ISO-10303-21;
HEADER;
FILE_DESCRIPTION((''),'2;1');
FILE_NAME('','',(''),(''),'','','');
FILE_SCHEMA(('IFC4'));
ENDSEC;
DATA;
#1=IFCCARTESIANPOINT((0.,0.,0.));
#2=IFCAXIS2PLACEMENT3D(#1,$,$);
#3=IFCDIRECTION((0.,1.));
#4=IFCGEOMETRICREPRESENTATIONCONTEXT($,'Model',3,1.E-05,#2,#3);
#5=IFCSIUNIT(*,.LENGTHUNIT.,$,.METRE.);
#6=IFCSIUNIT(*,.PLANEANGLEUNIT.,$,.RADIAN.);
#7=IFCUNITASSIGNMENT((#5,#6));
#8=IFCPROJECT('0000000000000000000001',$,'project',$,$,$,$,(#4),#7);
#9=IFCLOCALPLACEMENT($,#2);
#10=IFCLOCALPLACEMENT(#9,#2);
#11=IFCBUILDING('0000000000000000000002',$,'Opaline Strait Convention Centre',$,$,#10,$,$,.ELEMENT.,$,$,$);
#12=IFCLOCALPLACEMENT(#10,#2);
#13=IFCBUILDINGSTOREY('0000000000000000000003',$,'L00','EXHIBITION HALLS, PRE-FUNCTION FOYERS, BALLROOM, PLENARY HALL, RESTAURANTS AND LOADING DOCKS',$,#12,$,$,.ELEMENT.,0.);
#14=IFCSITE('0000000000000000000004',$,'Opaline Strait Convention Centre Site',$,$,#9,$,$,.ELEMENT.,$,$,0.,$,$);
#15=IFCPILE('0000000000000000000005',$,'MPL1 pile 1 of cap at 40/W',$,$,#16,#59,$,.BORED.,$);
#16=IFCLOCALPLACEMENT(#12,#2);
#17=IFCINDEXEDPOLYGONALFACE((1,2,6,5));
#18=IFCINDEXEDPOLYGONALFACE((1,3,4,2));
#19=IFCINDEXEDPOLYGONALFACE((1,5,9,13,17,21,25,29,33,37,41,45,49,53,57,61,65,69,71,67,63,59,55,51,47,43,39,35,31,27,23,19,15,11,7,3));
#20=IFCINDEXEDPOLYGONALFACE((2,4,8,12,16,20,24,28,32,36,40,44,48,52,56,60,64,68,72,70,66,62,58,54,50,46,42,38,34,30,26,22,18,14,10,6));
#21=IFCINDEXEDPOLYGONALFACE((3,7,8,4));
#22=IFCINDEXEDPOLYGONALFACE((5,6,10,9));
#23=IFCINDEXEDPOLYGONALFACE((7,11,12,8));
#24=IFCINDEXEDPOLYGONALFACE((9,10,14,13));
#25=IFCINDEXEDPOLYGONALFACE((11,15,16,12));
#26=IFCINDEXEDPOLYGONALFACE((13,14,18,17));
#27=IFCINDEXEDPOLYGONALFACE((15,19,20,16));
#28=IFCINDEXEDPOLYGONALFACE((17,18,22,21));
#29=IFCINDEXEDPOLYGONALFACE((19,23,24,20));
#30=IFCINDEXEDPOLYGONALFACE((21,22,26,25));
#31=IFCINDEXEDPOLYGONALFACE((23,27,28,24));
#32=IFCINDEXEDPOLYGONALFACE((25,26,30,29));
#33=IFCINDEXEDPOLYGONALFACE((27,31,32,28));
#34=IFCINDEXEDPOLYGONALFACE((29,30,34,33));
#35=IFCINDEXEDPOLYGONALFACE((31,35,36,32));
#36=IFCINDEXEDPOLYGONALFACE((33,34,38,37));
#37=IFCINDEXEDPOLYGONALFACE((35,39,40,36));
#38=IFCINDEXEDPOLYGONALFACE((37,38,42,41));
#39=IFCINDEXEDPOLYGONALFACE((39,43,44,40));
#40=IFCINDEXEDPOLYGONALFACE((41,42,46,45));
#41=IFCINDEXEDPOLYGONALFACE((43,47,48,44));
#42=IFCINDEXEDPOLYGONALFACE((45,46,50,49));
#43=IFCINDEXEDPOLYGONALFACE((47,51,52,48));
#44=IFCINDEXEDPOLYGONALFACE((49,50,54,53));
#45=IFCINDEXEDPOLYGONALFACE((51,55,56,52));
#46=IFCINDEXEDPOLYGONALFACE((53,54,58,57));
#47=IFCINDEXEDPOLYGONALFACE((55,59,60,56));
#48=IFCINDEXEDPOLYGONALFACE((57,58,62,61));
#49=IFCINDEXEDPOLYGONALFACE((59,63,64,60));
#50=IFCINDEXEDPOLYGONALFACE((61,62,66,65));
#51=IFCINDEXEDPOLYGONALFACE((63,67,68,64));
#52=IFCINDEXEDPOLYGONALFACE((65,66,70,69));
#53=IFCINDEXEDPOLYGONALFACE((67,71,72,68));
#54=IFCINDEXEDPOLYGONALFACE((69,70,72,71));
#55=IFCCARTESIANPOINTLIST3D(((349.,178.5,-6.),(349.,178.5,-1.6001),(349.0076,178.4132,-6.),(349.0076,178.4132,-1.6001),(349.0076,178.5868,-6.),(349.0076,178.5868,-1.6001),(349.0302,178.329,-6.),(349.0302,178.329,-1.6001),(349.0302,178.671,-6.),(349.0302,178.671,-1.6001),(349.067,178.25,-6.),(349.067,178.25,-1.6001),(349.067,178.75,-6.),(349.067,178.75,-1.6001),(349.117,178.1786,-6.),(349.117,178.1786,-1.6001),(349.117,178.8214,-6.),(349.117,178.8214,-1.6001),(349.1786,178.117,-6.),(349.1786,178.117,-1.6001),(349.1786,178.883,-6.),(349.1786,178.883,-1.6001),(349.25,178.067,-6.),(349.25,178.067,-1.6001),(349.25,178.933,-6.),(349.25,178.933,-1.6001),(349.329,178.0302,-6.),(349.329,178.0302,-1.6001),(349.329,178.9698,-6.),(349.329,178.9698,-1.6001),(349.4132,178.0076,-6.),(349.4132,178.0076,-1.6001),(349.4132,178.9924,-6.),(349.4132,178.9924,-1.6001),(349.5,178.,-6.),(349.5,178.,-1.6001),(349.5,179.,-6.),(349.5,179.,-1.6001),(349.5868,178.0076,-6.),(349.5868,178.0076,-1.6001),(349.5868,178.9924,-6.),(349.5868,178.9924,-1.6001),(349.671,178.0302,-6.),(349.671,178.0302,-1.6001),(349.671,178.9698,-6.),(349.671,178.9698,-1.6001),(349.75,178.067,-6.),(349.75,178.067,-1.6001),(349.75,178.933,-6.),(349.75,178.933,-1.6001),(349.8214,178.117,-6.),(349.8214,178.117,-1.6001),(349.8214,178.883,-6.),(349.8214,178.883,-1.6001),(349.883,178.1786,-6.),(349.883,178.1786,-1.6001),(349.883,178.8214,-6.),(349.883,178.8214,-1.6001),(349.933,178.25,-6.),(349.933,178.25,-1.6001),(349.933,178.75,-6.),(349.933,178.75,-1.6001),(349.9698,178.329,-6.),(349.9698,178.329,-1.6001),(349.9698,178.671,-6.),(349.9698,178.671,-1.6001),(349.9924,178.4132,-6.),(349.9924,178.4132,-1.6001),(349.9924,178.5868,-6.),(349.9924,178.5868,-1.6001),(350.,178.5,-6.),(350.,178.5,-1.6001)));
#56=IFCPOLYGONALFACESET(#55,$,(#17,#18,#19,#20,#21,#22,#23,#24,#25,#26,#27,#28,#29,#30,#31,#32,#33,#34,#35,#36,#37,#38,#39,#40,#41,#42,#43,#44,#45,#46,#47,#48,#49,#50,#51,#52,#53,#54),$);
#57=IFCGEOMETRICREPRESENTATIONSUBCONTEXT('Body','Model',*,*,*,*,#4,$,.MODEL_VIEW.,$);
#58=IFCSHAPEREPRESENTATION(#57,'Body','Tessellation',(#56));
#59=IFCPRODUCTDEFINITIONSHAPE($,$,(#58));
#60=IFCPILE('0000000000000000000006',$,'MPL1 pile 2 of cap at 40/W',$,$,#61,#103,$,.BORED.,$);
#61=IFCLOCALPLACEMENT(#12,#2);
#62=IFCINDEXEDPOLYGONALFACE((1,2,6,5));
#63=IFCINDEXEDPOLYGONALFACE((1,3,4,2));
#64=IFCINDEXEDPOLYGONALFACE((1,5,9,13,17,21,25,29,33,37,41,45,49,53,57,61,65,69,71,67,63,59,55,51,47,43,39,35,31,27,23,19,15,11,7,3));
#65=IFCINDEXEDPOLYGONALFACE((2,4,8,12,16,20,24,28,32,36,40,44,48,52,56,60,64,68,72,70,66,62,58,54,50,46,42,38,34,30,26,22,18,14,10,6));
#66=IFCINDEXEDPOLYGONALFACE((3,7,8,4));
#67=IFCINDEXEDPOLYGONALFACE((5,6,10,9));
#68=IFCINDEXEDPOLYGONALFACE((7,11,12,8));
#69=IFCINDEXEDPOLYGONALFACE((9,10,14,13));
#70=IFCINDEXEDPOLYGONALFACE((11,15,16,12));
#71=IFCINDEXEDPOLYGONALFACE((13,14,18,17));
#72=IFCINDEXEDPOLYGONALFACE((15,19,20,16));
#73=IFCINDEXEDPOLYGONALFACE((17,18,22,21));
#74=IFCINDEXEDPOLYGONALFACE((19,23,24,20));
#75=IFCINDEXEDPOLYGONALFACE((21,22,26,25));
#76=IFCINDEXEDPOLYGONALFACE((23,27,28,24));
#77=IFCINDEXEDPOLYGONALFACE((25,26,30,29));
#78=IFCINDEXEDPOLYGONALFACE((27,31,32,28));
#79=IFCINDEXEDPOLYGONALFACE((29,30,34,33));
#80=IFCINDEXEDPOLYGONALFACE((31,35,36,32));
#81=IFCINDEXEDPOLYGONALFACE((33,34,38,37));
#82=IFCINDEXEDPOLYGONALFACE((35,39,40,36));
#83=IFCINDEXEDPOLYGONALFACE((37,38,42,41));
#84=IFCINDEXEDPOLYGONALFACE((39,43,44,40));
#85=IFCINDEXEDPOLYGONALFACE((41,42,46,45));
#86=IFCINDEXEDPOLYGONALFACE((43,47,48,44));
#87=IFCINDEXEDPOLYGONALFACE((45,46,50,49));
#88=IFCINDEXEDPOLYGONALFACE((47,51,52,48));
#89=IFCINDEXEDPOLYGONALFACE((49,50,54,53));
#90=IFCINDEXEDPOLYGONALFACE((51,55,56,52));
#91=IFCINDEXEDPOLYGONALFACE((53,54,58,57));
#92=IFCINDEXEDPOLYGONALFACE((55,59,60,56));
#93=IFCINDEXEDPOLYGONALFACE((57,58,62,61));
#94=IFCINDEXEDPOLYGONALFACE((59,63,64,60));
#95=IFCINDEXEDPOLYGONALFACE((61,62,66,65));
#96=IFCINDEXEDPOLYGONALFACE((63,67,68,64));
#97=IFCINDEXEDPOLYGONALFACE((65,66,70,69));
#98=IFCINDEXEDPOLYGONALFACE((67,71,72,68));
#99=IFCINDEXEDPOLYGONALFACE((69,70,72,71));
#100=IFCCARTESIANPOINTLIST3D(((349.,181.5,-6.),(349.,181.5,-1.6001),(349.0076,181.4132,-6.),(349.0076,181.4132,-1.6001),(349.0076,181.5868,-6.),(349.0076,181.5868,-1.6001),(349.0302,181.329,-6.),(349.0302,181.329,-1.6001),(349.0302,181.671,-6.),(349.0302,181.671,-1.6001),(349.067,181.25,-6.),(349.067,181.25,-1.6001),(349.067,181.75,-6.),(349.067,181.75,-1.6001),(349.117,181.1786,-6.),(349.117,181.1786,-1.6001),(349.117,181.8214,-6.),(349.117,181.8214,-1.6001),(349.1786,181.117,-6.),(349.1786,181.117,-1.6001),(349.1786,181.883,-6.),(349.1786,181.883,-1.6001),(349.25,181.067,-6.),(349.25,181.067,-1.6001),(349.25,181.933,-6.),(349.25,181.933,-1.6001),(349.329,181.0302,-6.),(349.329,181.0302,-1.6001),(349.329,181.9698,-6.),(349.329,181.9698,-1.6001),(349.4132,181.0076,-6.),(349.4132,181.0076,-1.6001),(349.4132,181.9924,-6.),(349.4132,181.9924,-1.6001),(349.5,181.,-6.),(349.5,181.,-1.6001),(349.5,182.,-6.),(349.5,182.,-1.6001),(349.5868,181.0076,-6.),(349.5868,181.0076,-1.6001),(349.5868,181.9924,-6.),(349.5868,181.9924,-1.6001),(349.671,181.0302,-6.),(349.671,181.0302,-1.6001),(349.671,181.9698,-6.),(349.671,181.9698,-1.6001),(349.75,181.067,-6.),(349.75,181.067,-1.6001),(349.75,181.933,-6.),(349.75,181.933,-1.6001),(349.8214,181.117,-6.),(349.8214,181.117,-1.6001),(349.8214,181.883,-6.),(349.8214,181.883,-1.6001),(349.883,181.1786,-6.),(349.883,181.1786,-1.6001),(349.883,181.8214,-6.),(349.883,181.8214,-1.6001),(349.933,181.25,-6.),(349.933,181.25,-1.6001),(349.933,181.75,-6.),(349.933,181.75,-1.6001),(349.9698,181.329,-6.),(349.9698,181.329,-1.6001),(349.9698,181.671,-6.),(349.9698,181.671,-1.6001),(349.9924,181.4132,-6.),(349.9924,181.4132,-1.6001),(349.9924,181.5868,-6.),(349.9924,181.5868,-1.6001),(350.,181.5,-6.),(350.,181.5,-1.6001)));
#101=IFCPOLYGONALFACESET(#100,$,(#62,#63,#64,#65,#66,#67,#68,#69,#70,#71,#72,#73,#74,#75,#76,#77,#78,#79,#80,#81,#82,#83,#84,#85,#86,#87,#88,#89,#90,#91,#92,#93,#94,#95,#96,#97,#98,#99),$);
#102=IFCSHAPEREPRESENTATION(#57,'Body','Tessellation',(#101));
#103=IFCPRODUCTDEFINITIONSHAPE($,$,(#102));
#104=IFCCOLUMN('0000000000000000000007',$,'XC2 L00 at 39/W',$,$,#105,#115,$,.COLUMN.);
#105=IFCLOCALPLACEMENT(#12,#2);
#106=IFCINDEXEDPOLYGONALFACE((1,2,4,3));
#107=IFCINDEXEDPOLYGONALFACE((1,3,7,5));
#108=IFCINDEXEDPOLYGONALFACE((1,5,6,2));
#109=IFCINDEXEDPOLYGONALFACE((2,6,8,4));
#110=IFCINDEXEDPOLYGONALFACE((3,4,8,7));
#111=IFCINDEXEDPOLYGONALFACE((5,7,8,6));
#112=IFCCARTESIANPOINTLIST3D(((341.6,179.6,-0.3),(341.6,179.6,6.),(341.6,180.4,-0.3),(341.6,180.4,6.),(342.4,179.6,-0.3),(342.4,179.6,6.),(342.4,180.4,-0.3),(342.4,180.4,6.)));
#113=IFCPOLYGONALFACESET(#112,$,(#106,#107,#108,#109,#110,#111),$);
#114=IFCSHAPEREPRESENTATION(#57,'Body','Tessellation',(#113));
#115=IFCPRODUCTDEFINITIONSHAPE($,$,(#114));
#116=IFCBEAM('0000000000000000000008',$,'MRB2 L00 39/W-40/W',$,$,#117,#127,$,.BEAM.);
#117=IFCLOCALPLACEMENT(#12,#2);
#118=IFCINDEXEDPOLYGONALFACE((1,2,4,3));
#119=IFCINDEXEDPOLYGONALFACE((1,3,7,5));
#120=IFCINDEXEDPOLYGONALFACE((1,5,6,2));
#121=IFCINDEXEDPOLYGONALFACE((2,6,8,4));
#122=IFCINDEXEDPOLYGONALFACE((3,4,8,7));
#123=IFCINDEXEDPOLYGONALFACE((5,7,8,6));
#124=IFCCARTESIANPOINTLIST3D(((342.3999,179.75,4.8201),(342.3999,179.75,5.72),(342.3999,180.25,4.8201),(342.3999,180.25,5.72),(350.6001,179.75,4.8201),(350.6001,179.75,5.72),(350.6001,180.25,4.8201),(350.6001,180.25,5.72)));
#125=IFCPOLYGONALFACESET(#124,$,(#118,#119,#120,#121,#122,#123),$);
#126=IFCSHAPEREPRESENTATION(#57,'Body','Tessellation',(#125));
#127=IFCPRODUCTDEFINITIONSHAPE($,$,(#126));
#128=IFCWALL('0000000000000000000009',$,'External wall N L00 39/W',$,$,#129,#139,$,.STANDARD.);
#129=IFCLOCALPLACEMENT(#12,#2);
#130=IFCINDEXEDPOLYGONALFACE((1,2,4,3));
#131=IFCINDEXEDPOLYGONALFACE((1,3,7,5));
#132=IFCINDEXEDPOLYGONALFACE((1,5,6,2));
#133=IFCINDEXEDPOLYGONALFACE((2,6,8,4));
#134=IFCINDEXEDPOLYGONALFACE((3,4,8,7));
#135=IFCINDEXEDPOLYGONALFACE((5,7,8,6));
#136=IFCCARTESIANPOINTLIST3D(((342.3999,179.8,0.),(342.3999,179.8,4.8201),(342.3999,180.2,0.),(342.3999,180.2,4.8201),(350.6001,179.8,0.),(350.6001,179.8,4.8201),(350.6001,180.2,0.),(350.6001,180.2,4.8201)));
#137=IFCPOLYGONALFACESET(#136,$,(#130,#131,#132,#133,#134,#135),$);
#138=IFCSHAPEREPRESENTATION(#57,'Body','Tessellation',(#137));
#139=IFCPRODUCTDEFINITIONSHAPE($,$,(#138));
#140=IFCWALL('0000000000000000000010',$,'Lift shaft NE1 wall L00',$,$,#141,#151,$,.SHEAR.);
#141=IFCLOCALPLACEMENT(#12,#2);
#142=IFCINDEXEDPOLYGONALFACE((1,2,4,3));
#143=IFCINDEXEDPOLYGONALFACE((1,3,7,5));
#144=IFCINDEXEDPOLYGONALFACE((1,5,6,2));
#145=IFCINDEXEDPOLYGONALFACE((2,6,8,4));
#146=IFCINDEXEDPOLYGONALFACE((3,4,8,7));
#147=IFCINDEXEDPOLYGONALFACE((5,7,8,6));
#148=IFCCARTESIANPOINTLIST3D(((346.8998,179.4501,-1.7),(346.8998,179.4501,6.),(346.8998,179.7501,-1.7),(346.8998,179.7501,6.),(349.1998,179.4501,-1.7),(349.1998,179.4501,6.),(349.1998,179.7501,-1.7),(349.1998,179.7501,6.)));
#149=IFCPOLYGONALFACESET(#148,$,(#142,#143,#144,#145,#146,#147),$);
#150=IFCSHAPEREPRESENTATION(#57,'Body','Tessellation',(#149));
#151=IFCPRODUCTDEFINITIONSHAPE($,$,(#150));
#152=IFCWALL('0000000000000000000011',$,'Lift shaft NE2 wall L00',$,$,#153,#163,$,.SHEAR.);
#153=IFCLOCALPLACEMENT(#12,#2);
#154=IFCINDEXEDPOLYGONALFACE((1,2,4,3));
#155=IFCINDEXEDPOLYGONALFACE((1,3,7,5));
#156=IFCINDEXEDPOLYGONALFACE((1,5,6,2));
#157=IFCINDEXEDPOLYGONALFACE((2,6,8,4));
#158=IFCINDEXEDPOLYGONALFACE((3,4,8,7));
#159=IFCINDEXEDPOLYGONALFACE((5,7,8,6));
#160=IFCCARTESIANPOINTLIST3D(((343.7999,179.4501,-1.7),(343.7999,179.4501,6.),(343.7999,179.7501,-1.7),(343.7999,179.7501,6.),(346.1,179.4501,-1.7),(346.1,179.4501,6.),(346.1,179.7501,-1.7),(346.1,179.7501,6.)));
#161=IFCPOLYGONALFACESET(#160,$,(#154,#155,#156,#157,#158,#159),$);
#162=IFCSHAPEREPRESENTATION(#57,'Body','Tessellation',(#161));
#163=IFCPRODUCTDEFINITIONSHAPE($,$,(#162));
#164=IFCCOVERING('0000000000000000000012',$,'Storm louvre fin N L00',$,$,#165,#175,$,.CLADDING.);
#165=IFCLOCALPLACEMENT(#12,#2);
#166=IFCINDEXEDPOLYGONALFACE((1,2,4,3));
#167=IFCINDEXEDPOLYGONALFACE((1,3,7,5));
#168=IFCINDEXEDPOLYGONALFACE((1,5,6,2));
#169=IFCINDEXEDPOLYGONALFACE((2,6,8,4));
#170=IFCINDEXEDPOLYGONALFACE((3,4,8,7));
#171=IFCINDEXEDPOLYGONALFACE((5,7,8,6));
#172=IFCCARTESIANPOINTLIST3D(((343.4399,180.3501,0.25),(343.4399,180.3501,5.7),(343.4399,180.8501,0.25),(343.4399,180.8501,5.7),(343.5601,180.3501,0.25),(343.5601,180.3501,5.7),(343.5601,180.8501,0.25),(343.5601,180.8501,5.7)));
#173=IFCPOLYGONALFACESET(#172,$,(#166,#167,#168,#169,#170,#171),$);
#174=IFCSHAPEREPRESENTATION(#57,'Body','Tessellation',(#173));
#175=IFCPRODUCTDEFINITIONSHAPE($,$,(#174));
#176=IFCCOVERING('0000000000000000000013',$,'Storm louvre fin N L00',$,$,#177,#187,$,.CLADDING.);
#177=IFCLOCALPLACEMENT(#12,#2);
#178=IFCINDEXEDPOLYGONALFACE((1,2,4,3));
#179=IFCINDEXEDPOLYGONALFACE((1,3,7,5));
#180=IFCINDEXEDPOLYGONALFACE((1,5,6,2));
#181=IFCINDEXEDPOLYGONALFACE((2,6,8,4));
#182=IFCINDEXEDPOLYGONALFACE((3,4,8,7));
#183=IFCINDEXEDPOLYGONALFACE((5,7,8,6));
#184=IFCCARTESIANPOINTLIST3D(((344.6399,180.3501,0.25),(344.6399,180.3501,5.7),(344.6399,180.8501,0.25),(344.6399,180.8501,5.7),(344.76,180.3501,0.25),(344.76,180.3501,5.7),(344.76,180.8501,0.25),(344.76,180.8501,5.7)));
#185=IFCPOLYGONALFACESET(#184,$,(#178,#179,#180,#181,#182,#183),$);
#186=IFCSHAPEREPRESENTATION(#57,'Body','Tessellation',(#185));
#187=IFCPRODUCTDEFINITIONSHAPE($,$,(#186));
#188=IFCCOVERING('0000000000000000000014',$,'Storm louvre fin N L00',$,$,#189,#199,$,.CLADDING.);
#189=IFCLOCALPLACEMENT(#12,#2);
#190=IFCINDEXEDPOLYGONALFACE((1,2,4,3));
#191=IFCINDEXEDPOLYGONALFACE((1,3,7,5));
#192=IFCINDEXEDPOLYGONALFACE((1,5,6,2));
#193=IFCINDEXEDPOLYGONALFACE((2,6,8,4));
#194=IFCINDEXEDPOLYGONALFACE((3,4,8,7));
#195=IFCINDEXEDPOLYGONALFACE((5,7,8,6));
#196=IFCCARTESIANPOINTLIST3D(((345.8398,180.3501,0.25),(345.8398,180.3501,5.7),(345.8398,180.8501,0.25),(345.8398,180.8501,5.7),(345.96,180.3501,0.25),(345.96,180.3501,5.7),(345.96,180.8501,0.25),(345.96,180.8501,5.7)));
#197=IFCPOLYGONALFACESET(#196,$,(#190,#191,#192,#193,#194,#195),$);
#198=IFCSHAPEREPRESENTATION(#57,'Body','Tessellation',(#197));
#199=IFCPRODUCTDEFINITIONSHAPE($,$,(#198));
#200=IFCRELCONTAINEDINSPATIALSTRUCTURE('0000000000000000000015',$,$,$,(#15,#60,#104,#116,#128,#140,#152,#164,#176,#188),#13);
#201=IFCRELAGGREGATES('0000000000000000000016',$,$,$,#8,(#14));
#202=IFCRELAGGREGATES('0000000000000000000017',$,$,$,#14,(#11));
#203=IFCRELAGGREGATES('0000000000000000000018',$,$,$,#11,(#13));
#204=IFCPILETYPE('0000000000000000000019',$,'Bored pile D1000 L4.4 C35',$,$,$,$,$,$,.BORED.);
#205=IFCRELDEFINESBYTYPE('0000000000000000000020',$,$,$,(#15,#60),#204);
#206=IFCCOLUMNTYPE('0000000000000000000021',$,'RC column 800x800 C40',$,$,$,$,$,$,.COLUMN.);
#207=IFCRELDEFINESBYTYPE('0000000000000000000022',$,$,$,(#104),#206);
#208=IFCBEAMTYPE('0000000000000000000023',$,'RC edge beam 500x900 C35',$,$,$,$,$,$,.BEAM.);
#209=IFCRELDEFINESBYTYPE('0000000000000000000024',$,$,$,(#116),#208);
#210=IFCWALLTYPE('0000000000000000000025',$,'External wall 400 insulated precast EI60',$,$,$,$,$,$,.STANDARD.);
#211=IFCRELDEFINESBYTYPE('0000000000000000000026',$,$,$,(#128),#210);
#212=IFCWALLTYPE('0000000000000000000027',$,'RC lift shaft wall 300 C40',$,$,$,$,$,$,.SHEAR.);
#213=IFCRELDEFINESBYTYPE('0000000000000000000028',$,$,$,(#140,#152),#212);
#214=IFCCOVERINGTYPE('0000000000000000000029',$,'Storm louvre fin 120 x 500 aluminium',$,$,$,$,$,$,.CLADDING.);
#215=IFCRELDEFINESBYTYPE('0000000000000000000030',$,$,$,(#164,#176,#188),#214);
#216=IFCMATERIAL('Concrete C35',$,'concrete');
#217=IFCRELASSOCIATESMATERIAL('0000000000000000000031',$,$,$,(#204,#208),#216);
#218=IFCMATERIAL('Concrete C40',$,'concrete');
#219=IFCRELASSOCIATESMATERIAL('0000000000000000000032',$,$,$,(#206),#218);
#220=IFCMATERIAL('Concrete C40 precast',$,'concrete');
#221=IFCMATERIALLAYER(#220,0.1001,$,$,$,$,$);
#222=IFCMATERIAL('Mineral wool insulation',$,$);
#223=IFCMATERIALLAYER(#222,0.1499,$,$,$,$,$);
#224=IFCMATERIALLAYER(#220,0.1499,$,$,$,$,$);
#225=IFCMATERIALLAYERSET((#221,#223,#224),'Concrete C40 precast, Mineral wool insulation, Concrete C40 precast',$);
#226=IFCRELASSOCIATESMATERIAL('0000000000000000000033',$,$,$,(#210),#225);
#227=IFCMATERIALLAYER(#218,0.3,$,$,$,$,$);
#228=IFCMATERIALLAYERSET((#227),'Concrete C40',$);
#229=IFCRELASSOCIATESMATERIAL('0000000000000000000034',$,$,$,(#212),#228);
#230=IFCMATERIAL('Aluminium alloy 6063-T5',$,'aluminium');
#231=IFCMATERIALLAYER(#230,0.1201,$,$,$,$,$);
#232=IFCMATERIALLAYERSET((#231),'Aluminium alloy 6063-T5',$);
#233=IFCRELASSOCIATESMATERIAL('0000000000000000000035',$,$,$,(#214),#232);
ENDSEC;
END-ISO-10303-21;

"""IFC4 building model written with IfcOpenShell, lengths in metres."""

from ifc_helpers import new_model, si_unit, direction, frame, frame_2d, origin, origin_2d, place, context, subcontext, project, spatial, rectangle, circle, extrude, material, layer, layer_set, material_profile, profile_set, type_object, element, save


model = new_model("IFC4")

# Units and contexts
model_context = context("Model", 3, precision=1e-05, world=origin(), true_north=direction((0.0, 1.0)))
body_context = subcontext(model_context, "Body", "Model", "MODEL_VIEW")
ifc_project = project(units=[si_unit("LENGTHUNIT", "METRE"), si_unit("PLANEANGLEUNIT", "RADIAN")], contexts=[model_context])

# Site, building, storey
site_placement = place(None, origin())
site = spatial("IfcSite", under=ifc_project, at=site_placement, Name="Opaline Strait Convention Centre Site", CompositionType="ELEMENT", RefElevation=0.0)
building_placement = place(site_placement, origin())
building = spatial("IfcBuilding", under=site, at=building_placement, Name="Opaline Strait Convention Centre", CompositionType="ELEMENT")
storey_placement = place(building_placement, origin())
storey = spatial("IfcBuildingStorey", under=building, at=storey_placement, Name="L00", Description="EXHIBITION HALLS, PRE-FUNCTION FOYERS, BALLROOM, PLENARY HALL, RESTAURANTS AND LOADING DOCKS", CompositionType="ELEMENT", Elevation=0.0)

# Piles
ifc_material_1 = material(Name="Concrete C35", Category="concrete")
ifc_material_profile_1 = material_profile(ifc_material_1, circle(Radius=0.5, at=origin_2d()), Name="D1000")
ifc_profile_set_1 = profile_set([ifc_material_profile_1], Name="Concrete C35")
pile_type_1 = type_object("IfcPileType", Name="Bored pile D1000 L4.4 C35", PredefinedType="BORED", material=ifc_profile_set_1)
for number, where, z_axis, x_axis, name in (
    (1, (349.5, 178.5, -1.6001), (0.0, 0.0, -1.0), (1.0, 0.0, 0.0), "MPL1 pile 1 of cap at 40/W"),
    (2, (349.5, 181.5, -1.6001), (0.0, 0.0, -1.0), (1.0, 0.0, 0.0), "MPL1 pile 2 of cap at 40/W"),
):
    element("IfcPile", number, at=place(storey_placement, frame(where, z_axis=z_axis, x_axis=x_axis)), inside=storey, type_object=pile_type_1, Name=name, PredefinedType="BORED", context=body_context, shape_type="SweptSolid", body=[
        extrude(circle(Radius=0.5, at=origin_2d()), origin(), (0.0, 0.0, 1.0), 4.3999),
    ])

# Column
ifc_material_2 = material(Name="Concrete C40", Category="concrete")
ifc_material_profile_2 = material_profile(ifc_material_2, rectangle(XDim=0.8, YDim=0.8, at=origin_2d()), Name="RC 800x800")
ifc_profile_set_2 = profile_set([ifc_material_profile_2], Name="Concrete C40")
column_type = type_object("IfcColumnType", Name="RC column 800x800 C40", PredefinedType="COLUMN", material=ifc_profile_set_2)
column_placement = place(storey_placement, frame((342.0, 180.0, -0.3), z_axis=(0.0, 0.0, 1.0), x_axis=(1.0, 0.0, 0.0)))
element("IfcColumn", 3, at=column_placement, inside=storey, type_object=column_type, Name="XC2 L00 at 39/W", PredefinedType="COLUMN", context=body_context, shape_type="SweptSolid", body=[
    extrude(rectangle(XDim=0.8, YDim=0.8, at=origin_2d()), origin(), (0.0, 0.0, 1.0), 6.3),
])

# Beam
ifc_material_profile_3 = material_profile(ifc_material_1, rectangle(XDim=0.5, YDim=0.8999, at=origin_2d()), Name="RC 500x900")
ifc_profile_set_3 = profile_set([ifc_material_profile_3], Name="Concrete C35")
beam_type = type_object("IfcBeamType", Name="RC edge beam 500x900 C35", PredefinedType="BEAM", material=ifc_profile_set_3)
beam_placement = place(storey_placement, frame((342.3999, 180.0, 5.27), z_axis=(1.0, 0.0, 0.0), x_axis=(0.0, 1.0, 0.0)))
element("IfcBeam", 4, at=beam_placement, inside=storey, type_object=beam_type, Name="MRB2 L00 39/W-40/W", PredefinedType="BEAM", context=body_context, shape_type="SweptSolid", body=[
    extrude(rectangle(XDim=0.5, YDim=0.8999, at=origin_2d()), origin(), (0.0, 0.0, 1.0), 8.2002),
])

# Walls
ifc_material_3 = material(Name="Concrete C40 precast", Category="concrete")
ifc_layer_1 = layer(ifc_material_3, 0.1001)
ifc_material_4 = material(Name="Mineral wool insulation")
ifc_layer_2 = layer(ifc_material_4, 0.1499)
ifc_layer_3 = layer(ifc_material_3, 0.1499)
ifc_layer_set_1 = layer_set([ifc_layer_1, ifc_layer_2, ifc_layer_3], Name="Concrete C40 precast, Mineral wool insulation, Concrete C40 precast")
wall_type_1 = type_object("IfcWallType", Name="External wall 400 insulated precast EI60", PredefinedType="STANDARD", material=ifc_layer_set_1)
wall_placement = place(storey_placement, frame((342.3999, 180.0, 0.0), z_axis=(0.0, 0.0, 1.0), x_axis=(1.0, 0.0, 0.0)))
element("IfcWall", 5, at=wall_placement, inside=storey, type_object=wall_type_1, Name="External wall N L00 39/W", PredefinedType="STANDARD", context=body_context, shape_type="SweptSolid", body=[
    extrude(rectangle(XDim=8.2002, YDim=0.3999, at=frame_2d((4.1001, 0.0))), origin(), (0.0, 0.0, 1.0), 4.8201),
])
ifc_layer_4 = layer(ifc_material_2, 0.3)
ifc_layer_set_2 = layer_set([ifc_layer_4], Name="Concrete C40")
wall_type_2 = type_object("IfcWallType", Name="RC lift shaft wall 300 C40", PredefinedType="SHEAR", material=ifc_layer_set_2)
for number, where, z_axis, x_axis, name in (
    (6, (346.8999, 179.6001, -1.7), (0.0, 0.0, 1.0), (1.0, 0.0, 0.0), "Lift shaft NE1 wall L00"),
    (7, (343.8, 179.6001, -1.7), (0.0, 0.0, 1.0), (1.0, 0.0, 0.0), "Lift shaft NE2 wall L00"),
):
    element("IfcWall", number, at=place(storey_placement, frame(where, z_axis=z_axis, x_axis=x_axis)), inside=storey, type_object=wall_type_2, Name=name, PredefinedType="SHEAR", context=body_context, shape_type="SweptSolid", body=[
        extrude(rectangle(XDim=2.3, YDim=0.3, at=frame_2d((1.1499, 0.0))), origin(), (0.0, 0.0, 1.0), 7.7),
    ])

# Coverings
ifc_material_5 = material(Name="Aluminium alloy 6063-T5", Category="aluminium")
ifc_layer_5 = layer(ifc_material_5, 0.1201)
ifc_layer_set_3 = layer_set([ifc_layer_5], Name="Aluminium alloy 6063-T5")
covering_type = type_object("IfcCoveringType", Name="Storm louvre fin 120 x 500 aluminium", PredefinedType="CLADDING", material=ifc_layer_set_3)
for number, where, z_axis, x_axis, name in (
    (8, (343.5, 180.6001, 0.25), (0.0, 0.0, 1.0), (1.0, 0.0, 0.0), "Storm louvre fin N L00"),
    (9, (344.7, 180.6001, 0.25), (0.0, 0.0, 1.0), (1.0, 0.0, 0.0), "Storm louvre fin N L00"),
    (10, (345.8999, 180.6001, 0.25), (0.0, 0.0, 1.0), (1.0, 0.0, 0.0), "Storm louvre fin N L00"),
):
    element("IfcCovering", number, at=place(storey_placement, frame(where, z_axis=z_axis, x_axis=x_axis)), inside=storey, type_object=covering_type, Name=name, PredefinedType="CLADDING", context=body_context, shape_type="SweptSolid", body=[
        extrude(rectangle(XDim=0.1201, YDim=0.5, at=origin_2d()), origin(), (0.0, 0.0, 1.0), 5.45),
    ])

save(model, "model.ifc")
